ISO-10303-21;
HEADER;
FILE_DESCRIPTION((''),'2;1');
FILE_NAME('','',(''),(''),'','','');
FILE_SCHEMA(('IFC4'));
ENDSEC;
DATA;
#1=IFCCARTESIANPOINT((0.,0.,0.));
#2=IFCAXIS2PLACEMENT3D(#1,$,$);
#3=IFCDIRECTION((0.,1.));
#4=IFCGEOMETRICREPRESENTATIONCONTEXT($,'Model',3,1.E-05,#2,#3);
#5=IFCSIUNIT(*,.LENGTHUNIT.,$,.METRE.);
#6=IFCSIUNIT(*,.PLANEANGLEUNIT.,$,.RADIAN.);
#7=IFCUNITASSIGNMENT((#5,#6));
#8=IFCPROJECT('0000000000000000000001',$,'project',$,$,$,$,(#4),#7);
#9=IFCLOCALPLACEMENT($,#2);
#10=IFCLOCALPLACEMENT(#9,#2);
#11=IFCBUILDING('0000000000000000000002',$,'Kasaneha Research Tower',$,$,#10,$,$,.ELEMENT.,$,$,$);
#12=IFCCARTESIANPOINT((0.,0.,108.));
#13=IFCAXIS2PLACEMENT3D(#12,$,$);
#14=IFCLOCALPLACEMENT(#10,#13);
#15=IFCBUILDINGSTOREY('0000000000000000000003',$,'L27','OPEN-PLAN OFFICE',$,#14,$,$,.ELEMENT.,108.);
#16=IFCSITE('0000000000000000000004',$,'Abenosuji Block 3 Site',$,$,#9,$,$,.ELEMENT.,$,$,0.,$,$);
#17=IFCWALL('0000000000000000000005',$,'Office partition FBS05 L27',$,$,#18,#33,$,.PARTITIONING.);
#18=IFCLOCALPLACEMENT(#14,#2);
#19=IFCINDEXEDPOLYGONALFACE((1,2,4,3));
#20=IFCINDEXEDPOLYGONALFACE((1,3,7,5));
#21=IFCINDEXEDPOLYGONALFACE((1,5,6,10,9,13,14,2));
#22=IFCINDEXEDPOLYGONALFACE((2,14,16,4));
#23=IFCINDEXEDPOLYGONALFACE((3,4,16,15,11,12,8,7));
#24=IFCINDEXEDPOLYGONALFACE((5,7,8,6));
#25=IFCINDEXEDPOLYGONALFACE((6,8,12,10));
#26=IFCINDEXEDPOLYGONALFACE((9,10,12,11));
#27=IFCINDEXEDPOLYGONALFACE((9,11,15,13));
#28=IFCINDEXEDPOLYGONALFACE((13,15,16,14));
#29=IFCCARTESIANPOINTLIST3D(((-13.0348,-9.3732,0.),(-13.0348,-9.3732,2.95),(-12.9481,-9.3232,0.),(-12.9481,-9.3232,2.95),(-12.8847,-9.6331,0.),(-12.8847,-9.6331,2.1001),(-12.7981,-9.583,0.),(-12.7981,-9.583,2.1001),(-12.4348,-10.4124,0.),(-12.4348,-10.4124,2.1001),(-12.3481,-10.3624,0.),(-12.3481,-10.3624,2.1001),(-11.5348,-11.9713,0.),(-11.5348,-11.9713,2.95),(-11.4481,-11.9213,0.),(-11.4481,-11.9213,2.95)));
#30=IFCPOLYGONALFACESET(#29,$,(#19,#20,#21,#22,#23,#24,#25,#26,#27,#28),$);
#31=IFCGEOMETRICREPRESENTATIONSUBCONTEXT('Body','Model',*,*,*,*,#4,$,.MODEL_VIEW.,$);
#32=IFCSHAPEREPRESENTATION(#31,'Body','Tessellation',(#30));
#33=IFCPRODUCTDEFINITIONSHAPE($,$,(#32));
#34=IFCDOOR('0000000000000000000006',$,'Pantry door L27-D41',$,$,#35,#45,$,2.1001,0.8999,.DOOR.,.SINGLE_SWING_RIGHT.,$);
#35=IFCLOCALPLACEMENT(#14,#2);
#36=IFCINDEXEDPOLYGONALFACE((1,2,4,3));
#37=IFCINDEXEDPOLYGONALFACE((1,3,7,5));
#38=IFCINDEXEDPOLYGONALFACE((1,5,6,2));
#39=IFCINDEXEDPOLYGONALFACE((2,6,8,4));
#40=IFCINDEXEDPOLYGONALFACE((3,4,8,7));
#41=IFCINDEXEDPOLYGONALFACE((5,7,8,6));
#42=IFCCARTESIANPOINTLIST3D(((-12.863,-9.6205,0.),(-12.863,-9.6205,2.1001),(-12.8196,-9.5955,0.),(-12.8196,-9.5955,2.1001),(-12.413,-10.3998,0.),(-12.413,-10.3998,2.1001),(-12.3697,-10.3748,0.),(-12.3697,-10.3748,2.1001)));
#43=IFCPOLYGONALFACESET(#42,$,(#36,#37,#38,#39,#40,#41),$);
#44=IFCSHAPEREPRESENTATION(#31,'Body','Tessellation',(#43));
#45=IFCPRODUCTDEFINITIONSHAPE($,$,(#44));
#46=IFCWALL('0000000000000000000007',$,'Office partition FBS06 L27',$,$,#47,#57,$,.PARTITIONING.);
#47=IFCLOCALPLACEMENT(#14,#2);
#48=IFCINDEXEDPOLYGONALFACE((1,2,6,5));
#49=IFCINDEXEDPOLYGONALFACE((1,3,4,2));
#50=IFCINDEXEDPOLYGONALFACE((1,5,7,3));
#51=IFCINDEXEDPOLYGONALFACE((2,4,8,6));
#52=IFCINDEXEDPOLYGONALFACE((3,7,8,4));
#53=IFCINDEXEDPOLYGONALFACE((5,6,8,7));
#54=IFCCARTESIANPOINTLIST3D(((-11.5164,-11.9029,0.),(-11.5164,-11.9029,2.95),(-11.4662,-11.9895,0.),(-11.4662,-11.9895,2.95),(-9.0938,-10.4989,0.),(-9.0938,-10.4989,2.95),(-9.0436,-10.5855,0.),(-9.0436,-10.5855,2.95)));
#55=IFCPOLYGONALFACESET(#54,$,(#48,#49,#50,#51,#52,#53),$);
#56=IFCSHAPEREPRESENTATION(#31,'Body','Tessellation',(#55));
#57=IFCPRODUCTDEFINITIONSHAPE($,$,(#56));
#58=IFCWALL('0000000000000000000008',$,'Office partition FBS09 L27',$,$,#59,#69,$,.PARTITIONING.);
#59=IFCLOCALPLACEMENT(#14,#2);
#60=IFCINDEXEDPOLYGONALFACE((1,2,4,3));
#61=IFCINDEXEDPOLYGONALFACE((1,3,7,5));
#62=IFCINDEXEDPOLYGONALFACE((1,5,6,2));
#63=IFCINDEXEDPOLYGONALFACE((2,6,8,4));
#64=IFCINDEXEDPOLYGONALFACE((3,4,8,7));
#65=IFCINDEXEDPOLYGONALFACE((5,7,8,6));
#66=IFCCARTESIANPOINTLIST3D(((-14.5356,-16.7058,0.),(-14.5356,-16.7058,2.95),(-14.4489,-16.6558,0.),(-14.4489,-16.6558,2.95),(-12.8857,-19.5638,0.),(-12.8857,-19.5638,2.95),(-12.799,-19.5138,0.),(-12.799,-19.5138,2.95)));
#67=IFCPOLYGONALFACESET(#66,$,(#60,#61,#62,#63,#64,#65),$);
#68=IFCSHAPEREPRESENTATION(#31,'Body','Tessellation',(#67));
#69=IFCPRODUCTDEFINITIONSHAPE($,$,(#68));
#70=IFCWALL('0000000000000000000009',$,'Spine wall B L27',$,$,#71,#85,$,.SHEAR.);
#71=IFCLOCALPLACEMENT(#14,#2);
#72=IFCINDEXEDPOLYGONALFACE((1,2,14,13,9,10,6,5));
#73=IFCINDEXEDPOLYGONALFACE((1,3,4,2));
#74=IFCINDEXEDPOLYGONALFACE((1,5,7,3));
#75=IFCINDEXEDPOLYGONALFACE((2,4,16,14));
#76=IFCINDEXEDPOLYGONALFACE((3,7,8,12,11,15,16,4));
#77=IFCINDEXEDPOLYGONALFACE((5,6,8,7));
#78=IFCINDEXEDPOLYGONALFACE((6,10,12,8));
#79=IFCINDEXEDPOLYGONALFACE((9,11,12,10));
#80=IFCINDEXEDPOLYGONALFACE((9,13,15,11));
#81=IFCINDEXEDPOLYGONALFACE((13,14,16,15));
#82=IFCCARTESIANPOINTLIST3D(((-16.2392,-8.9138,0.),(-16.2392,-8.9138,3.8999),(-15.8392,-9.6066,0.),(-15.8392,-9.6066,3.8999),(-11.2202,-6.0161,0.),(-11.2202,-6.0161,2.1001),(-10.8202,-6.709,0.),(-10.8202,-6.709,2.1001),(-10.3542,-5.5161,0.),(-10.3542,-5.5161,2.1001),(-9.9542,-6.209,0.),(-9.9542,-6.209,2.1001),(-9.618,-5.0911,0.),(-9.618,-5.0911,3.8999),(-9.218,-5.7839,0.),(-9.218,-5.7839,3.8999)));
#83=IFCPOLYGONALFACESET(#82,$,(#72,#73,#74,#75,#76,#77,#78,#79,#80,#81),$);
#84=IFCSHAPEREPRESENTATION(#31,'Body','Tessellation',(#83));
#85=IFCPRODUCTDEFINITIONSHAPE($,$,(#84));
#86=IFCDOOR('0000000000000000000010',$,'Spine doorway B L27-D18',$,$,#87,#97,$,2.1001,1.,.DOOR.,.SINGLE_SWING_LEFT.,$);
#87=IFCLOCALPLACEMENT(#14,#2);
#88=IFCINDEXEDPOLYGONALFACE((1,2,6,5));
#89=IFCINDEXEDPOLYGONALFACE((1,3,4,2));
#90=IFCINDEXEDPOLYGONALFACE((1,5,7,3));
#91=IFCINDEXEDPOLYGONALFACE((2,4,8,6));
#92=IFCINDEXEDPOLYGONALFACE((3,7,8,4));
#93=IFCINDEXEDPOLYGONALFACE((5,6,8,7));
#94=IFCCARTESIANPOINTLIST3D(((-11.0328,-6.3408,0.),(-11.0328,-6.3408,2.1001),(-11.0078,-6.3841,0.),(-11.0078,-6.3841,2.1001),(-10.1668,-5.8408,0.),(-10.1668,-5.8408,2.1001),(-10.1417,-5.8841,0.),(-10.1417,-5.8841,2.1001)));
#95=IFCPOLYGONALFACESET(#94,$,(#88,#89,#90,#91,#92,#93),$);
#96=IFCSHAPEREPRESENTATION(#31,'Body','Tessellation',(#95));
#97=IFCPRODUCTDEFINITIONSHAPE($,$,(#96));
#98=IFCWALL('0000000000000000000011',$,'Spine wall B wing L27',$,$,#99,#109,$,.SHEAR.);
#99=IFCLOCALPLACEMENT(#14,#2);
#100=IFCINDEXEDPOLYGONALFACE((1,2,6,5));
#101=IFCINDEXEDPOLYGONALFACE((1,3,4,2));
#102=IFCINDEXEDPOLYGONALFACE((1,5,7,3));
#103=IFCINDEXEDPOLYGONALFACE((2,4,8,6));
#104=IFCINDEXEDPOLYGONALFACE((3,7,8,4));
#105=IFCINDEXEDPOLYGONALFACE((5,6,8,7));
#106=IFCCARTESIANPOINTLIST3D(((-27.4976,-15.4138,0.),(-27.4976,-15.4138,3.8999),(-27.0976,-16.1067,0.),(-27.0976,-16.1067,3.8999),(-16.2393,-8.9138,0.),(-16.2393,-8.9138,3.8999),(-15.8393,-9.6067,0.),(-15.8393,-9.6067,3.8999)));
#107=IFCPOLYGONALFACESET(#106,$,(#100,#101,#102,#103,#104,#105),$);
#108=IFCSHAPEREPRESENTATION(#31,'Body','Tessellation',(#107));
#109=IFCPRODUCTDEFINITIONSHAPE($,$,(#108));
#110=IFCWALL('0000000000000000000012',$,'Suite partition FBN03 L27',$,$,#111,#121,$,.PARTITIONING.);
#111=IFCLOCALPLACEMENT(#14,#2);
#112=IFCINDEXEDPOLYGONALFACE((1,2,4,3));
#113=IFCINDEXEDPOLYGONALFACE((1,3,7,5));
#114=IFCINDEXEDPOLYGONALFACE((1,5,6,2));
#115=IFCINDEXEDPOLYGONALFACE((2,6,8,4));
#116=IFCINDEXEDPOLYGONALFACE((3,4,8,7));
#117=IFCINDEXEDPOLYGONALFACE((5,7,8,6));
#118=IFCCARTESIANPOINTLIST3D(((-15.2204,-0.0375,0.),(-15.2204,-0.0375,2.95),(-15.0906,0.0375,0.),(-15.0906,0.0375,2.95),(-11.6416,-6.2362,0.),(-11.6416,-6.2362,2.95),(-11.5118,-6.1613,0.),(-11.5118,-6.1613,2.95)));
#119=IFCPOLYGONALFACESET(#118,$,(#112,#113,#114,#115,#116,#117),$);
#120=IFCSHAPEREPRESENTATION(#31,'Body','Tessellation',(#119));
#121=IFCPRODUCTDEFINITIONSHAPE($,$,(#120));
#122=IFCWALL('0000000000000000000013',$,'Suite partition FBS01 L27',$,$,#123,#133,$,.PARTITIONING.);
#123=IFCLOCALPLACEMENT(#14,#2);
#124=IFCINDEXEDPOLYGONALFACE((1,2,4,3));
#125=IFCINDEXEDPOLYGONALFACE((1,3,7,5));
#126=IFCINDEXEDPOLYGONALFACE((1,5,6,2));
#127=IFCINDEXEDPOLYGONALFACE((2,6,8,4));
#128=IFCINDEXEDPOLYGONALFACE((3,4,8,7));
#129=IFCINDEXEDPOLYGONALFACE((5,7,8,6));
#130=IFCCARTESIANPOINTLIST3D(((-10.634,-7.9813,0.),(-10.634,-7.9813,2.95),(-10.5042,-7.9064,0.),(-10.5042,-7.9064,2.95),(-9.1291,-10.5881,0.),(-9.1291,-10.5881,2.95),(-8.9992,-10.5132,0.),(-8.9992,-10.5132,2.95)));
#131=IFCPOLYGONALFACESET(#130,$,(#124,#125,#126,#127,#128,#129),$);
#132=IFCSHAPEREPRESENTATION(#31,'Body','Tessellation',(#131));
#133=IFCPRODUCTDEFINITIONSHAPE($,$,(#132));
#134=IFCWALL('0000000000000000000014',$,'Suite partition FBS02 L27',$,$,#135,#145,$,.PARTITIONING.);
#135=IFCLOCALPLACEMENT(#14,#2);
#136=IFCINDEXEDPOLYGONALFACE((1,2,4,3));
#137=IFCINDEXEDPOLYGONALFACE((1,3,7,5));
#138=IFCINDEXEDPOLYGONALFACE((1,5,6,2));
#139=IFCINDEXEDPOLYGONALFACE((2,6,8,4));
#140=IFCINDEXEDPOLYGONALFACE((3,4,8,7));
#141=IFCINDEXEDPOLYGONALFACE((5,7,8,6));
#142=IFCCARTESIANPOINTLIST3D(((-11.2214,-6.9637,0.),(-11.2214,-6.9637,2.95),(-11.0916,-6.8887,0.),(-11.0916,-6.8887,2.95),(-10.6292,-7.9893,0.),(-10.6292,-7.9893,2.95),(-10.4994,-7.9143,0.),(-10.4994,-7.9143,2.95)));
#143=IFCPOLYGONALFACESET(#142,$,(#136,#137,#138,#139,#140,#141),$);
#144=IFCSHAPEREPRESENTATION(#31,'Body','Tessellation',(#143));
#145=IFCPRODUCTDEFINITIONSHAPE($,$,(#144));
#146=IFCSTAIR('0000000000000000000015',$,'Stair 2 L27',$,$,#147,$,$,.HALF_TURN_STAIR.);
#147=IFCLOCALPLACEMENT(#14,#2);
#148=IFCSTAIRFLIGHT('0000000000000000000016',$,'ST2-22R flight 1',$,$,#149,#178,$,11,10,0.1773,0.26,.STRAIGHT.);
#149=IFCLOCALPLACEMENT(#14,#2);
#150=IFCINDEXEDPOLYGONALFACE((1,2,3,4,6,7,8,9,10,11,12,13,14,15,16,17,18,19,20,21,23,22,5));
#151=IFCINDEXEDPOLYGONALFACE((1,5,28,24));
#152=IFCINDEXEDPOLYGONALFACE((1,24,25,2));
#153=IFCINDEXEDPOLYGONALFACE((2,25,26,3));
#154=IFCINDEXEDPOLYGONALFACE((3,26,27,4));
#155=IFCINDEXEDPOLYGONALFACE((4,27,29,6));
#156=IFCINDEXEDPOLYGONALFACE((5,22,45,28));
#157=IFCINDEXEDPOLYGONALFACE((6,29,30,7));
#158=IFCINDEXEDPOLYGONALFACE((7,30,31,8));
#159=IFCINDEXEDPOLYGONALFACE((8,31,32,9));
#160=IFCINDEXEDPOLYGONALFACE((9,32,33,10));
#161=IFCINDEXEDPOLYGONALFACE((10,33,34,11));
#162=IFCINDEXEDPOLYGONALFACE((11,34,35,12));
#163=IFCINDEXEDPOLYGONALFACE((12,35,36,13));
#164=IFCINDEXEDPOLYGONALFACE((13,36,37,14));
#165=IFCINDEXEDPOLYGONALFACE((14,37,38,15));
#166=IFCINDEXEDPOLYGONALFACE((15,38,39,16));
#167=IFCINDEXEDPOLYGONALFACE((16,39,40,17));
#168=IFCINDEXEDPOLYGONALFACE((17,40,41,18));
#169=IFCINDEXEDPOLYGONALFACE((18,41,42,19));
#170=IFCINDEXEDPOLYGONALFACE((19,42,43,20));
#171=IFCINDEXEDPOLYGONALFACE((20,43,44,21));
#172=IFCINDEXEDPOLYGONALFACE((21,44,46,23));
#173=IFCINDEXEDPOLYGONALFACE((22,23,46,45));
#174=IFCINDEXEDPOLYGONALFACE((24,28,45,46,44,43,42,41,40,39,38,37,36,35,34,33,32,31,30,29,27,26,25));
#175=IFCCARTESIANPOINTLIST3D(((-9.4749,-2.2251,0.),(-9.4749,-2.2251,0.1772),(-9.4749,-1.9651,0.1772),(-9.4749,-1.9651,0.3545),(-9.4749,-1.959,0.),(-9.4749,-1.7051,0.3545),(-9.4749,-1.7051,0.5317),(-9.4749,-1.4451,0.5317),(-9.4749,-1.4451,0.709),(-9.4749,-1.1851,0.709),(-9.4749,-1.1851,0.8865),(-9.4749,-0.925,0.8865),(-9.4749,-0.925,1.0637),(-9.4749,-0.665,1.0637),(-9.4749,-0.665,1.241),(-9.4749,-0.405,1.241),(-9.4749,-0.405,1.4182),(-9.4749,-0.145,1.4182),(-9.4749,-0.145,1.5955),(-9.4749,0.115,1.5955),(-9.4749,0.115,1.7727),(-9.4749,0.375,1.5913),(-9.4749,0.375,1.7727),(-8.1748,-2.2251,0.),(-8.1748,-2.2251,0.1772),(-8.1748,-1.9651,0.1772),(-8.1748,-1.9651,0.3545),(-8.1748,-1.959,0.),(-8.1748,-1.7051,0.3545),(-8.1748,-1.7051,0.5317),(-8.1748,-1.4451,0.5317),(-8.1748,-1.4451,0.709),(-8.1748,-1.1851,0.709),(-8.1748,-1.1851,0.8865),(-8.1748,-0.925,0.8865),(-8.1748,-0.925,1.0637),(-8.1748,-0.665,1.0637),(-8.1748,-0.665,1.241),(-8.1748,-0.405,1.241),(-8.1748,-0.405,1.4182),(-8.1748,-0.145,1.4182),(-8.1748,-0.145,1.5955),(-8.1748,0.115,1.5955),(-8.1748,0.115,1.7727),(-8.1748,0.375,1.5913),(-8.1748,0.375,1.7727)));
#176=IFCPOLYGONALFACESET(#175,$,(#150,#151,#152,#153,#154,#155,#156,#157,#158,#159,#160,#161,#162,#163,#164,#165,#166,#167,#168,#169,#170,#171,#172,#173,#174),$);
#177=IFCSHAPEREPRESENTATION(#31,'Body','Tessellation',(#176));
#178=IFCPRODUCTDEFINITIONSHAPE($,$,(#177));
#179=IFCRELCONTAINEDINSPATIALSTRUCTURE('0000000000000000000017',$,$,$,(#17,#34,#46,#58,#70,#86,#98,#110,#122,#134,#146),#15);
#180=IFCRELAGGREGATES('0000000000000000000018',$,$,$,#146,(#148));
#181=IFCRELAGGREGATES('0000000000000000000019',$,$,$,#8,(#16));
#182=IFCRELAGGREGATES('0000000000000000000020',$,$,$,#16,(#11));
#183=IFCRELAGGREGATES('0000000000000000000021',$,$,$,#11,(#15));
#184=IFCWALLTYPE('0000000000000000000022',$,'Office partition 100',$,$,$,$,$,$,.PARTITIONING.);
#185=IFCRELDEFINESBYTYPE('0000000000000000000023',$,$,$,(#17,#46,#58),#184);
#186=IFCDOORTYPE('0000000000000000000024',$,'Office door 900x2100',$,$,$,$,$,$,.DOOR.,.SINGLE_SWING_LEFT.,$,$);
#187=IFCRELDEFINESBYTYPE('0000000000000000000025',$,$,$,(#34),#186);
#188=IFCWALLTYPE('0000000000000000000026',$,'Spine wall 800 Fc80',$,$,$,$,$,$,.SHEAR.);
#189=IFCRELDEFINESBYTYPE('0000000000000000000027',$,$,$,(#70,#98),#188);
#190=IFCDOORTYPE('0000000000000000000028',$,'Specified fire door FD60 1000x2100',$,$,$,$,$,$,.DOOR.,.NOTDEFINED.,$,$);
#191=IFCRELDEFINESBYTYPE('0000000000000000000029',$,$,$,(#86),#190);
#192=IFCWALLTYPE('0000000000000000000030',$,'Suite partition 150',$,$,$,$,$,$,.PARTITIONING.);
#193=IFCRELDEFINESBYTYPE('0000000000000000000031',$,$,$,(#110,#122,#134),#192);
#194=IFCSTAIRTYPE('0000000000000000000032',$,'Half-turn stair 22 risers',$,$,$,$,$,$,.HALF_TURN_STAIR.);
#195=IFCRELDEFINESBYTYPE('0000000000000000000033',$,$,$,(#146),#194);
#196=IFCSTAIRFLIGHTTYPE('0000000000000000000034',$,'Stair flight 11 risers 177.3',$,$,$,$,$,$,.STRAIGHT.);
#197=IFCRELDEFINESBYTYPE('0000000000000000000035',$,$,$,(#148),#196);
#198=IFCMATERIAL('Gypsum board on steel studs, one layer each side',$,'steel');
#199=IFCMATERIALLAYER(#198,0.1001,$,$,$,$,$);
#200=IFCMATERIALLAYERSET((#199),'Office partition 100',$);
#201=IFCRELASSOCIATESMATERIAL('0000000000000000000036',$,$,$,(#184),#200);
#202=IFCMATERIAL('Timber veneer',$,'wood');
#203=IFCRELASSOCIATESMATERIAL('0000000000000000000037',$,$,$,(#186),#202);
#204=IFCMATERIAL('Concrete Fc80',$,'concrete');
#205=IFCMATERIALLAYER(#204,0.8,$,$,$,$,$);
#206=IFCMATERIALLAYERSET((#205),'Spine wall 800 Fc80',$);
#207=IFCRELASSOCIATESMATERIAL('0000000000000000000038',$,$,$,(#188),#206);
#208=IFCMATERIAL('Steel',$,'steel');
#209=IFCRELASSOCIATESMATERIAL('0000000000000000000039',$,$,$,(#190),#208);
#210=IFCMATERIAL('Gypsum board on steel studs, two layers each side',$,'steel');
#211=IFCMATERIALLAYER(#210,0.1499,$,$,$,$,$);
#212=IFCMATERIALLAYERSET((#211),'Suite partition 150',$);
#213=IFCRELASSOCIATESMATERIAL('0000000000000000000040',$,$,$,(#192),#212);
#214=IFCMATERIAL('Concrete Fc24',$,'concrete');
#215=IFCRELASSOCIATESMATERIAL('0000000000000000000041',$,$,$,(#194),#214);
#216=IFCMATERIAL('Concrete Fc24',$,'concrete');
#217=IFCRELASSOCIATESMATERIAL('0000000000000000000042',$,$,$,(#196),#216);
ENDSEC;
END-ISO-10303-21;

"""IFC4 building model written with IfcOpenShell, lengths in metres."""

from ifc_helpers import new_model, si_unit, direction, frame, frame_2d, origin, place, context, subcontext, project, spatial, polyline, rectangle, outline, extrude, material, layer, layer_set, type_object, element, fill, aggregate, save


model = new_model("IFC4")

# Units and contexts
model_context = context("Model", 3, precision=1e-05, world=origin(), true_north=direction((0.0, 1.0)))
body_context = subcontext(model_context, "Body", "Model", "MODEL_VIEW")
ifc_project = project(units=[si_unit("LENGTHUNIT", "METRE"), si_unit("PLANEANGLEUNIT", "RADIAN")], contexts=[model_context])

# Site, building, storey
site_placement = place(None, origin())
site = spatial("IfcSite", under=ifc_project, at=site_placement, Name="Abenosuji Block 3 Site", CompositionType="ELEMENT", RefElevation=0.0)
building_placement = place(site_placement, origin())
building = spatial("IfcBuilding", under=site, at=building_placement, Name="Kasaneha Research Tower", CompositionType="ELEMENT")
storey_placement = place(building_placement, frame((0.0, 0.0, 108.0)))
storey = spatial("IfcBuildingStorey", under=building, at=storey_placement, Name="L27", Description="OPEN-PLAN OFFICE", CompositionType="ELEMENT", Elevation=108.0)

# Shared definitions
ifc_material_1 = material(Name="Gypsum board on steel studs, one layer each side", Category="steel")
ifc_layer_1 = layer(ifc_material_1, 0.1001)
ifc_layer_set_1 = layer_set([ifc_layer_1], Name="Office partition 100")
wall_type_1 = type_object("IfcWallType", Name="Office partition 100", PredefinedType="PARTITIONING", material=ifc_layer_set_1)

# Wall, opening, door
wall_1_placement = place(storey_placement, frame((-11.4915, -11.9463, 0.0), z_axis=(0.0, 0.0, 1.0), x_axis=(-0.49999, 0.866031, 0.0)))
wall_1 = element("IfcWall", 1, at=wall_1_placement, inside=storey, type_object=wall_type_1, Name="Office partition FBS05 L27", PredefinedType="PARTITIONING", context=body_context, shape_type="SweptSolid", body=[
    extrude(rectangle(XDim=3.0, YDim=0.1001, at=frame_2d((1.5, 0.0))), origin(), (0.0, 0.0, 1.0), 2.95),
])
opening_1_placement = place(wall_1_placement, frame((1.8, 0.0, 0.0)))
opening_1 = element("IfcOpeningElement", 2, at=opening_1_placement, cuts=wall_1, PredefinedType="OPENING", context=body_context, shape_type="SweptSolid", body=[
    extrude(rectangle(XDim=0.8999, YDim=2.1001, at=frame_2d((0.45, 1.05))), frame((0.0, 0.0601, 0.0), z_axis=(0.0, -1.0, 0.0), x_axis=(1.0, 0.0, 0.0)), (0.0, 0.0, 1.0), 0.1201),
])
ifc_material_2 = material(Name="Timber veneer", Category="wood")
door_type_1 = type_object("IfcDoorType", Name="Office door 900x2100", OperationType="SINGLE_SWING_LEFT", PredefinedType="DOOR", material=ifc_material_2)
door_1_placement = place(opening_1_placement, origin())
door_1 = element("IfcDoor", 3, at=door_1_placement, inside=storey, type_object=door_type_1, Name="Pantry door L27-D41", OperationType="SINGLE_SWING_RIGHT", OverallHeight=2.1001, OverallWidth=0.8999, PredefinedType="DOOR", context=body_context, shape_type="SweptSolid", body=[
    extrude(rectangle(XDim=0.8999, YDim=2.1001, at=frame_2d((0.45, 1.05))), frame((0.0, 0.0249, 0.0), z_axis=(0.0, -1.0, 0.0), x_axis=(1.0, 0.0, 0.0)), (0.0, 0.0, 1.0), 0.05),
])
fill(opening_1, door_1)

# Walls
wall_2_placement = place(storey_placement, frame((-9.0688, -10.5422, 0.0), z_axis=(0.0, 0.0, 1.0), x_axis=(-0.865195, -0.501435, 0.0)))
element("IfcWall", 4, at=wall_2_placement, inside=storey, type_object=wall_type_1, Name="Office partition FBS06 L27", PredefinedType="PARTITIONING", context=body_context, shape_type="SweptSolid", body=[
    extrude(rectangle(XDim=2.8, YDim=0.1001, at=frame_2d((1.3999, 0.0))), origin(), (0.0, 0.0, 1.0), 2.95),
])
wall_3_placement = place(storey_placement, frame((-14.4922, -16.6809, 0.0), z_axis=(0.0, 0.0, 1.0), x_axis=(0.499974, -0.86604, 0.0)))
element("IfcWall", 5, at=wall_3_placement, inside=storey, type_object=wall_type_1, Name="Office partition FBS09 L27", PredefinedType="PARTITIONING", context=body_context, shape_type="SweptSolid", body=[
    extrude(rectangle(XDim=3.3, YDim=0.1001, at=frame_2d((1.6499, 0.0))), origin(), (0.0, 0.0, 1.0), 2.95),
])

# Wall, opening, door
ifc_material_3 = material(Name="Concrete Fc80", Category="concrete")
ifc_layer_2 = layer(ifc_material_3, 0.8)
ifc_layer_set_2 = layer_set([ifc_layer_2], Name="Spine wall 800 Fc80")
wall_type_2 = type_object("IfcWallType", Name="Spine wall 800 Fc80", PredefinedType="SHEAR", material=ifc_layer_set_2)
wall_4_placement = place(storey_placement, frame((-9.418, -5.4375, 0.0), z_axis=(0.0, 0.0, 1.0), x_axis=(-0.86603, -0.499992, 0.0)))
wall_4 = element("IfcWall", 6, at=wall_4_placement, inside=storey, type_object=wall_type_2, Name="Spine wall B L27", PredefinedType="SHEAR", context=body_context, shape_type="SweptSolid", body=[
    extrude(rectangle(XDim=7.6455, YDim=0.8, at=frame_2d((3.8228, 0.0))), origin(), (0.0, 0.0, 1.0), 3.8999),
])
opening_2_placement = place(wall_4_placement, frame((0.8501, 0.0, 0.0)))
opening_2 = element("IfcOpeningElement", 7, at=opening_2_placement, cuts=wall_4, PredefinedType="OPENING", context=body_context, shape_type="SweptSolid", body=[
    extrude(rectangle(XDim=1.0, YDim=2.1001, at=frame_2d((0.5, 1.05))), frame((0.0, 0.4102, 0.0), z_axis=(0.0, -1.0, 0.0), x_axis=(1.0, 0.0, 0.0)), (0.0, 0.0, 1.0), 0.8201),
])
ifc_material_4 = material(Name="Steel", Category="steel")
door_type_2 = type_object("IfcDoorType", Name="Specified fire door FD60 1000x2100", OperationType="NOTDEFINED", PredefinedType="DOOR", material=ifc_material_4)
door_2_placement = place(opening_2_placement, origin())
door_2 = element("IfcDoor", 8, at=door_2_placement, inside=storey, type_object=door_type_2, Name="Spine doorway B L27-D18", OperationType="SINGLE_SWING_LEFT", OverallHeight=2.1001, OverallWidth=1.0, PredefinedType="DOOR", context=body_context, shape_type="SweptSolid", body=[
    extrude(rectangle(XDim=1.0, YDim=2.1001, at=frame_2d((0.5, 1.05))), frame((0.0, 0.0249, 0.0), z_axis=(0.0, -1.0, 0.0), x_axis=(1.0, 0.0, 0.0)), (0.0, 0.0, 1.0), 0.05),
])
fill(opening_2, door_2)

# Walls
wall_5_placement = place(storey_placement, frame((-16.0393, -9.2603, 0.0), z_axis=(0.0, 0.0, 1.0), x_axis=(-0.866025, -0.500001, 0.0)))
element("IfcWall", 9, at=wall_5_placement, inside=storey, type_object=wall_type_2, Name="Spine wall B wing L27", PredefinedType="SHEAR", context=body_context, shape_type="SweptSolid", body=[
    extrude(rectangle(XDim=13.0, YDim=0.8, at=frame_2d((6.5, 0.0))), origin(), (0.0, 0.0, 1.0), 3.8999),
])
ifc_material_5 = material(Name="Gypsum board on steel studs, two layers each side", Category="steel")
ifc_layer_3 = layer(ifc_material_5, 0.1499)
ifc_layer_set_3 = layer_set([ifc_layer_3], Name="Suite partition 150")
wall_type_3 = type_object("IfcWallType", Name="Suite partition 150", PredefinedType="PARTITIONING", material=ifc_layer_set_3)
wall_6_placement = place(storey_placement, frame((-11.5767, -6.1987, 0.0), z_axis=(0.0, 0.0, 1.0), x_axis=(-0.500002, 0.866024, 0.0)))
element("IfcWall", 10, at=wall_6_placement, inside=storey, type_object=wall_type_3, Name="Suite partition FBN03 L27", PredefinedType="PARTITIONING", context=body_context, shape_type="SweptSolid", body=[
    extrude(rectangle(XDim=7.1577, YDim=0.1499, at=frame_2d((3.5789, 0.0))), origin(), (0.0, 0.0, 1.0), 2.95),
])
wall_7_placement = place(storey_placement, frame((-9.0642, -10.5505, 0.0), z_axis=(0.0, 0.0, 1.0), x_axis=(-0.499978, 0.866038, 0.0)))
element("IfcWall", 11, at=wall_7_placement, inside=storey, type_object=wall_type_3, Name="Suite partition FBS01 L27", PredefinedType="PARTITIONING", context=body_context, shape_type="SweptSolid", body=[
    extrude(rectangle(XDim=3.01, YDim=0.1499, at=frame_2d((1.5049, 0.0))), origin(), (0.0, 0.0, 1.0), 2.95),
])
wall_8_placement = place(storey_placement, frame((-10.5642, -7.9519, 0.0), z_axis=(0.0, 0.0, 1.0), x_axis=(-0.500085, 0.865976, 0.0)))
element("IfcWall", 12, at=wall_8_placement, inside=storey, type_object=wall_type_3, Name="Suite partition FBS02 L27", PredefinedType="PARTITIONING", context=body_context, shape_type="SweptSolid", body=[
    extrude(rectangle(XDim=1.1843, YDim=0.1499, at=frame_2d((0.5923, 0.0))), origin(), (0.0, 0.0, 1.0), 2.95),
])

# Stair, stair flight
ifc_material_6 = material(Name="Concrete Fc24", Category="concrete")
stair_type = type_object("IfcStairType", Name="Half-turn stair 22 risers", PredefinedType="HALF_TURN_STAIR", material=ifc_material_6)
stair_placement = place(storey_placement, origin())
stair = element("IfcStair", 13, at=stair_placement, inside=storey, type_object=stair_type, Name="Stair 2 L27", PredefinedType="HALF_TURN_STAIR")
ifc_material_7 = material(Name="Concrete Fc24", Category="concrete")
stair_flight_type = type_object("IfcStairFlightType", Name="Stair flight 11 risers 177.3", PredefinedType="STRAIGHT", material=ifc_material_7)
stair_flight_placement = place(storey_placement, frame((-8.825, -2.2251, 0.0), z_axis=(0.0, 0.0, 1.0), x_axis=(0.0, 1.0, 0.0)))
stair_flight = element("IfcStairFlight", 14, at=stair_flight_placement, type_object=stair_flight_type, Name="ST2-22R flight 1", NumberOfRisers=11, NumberOfTreads=10, PredefinedType="STRAIGHT", RiserHeight=0.1773, TreadLength=0.26, context=body_context, shape_type="SweptSolid", body=[
    extrude(outline(polyline([(0.0, 0.0), (0.0, 0.1772), (0.26, 0.1772), (0.26, 0.3545), (0.52, 0.3545), (0.52, 0.5317), (0.78, 0.5317), (0.78, 0.709), (1.04, 0.709), (1.04, 0.8865), (1.3, 0.8865), (1.3, 1.0637), (1.5601, 1.0637), (1.5601, 1.241), (1.8201, 1.241), (1.8201, 1.4182), (2.0801, 1.4182), (2.0801, 1.5955), (2.3401, 1.5955), (2.3401, 1.7727), (2.6001, 1.7727), (2.6001, 1.95), (2.6001, 1.5913), (0.2661, 0.0), (0.0, 0.0)])), frame((0.0, 0.6499, 0.0), z_axis=(0.0, -1.0, 0.0), x_axis=(1.0, 0.0, 0.0)), (0.0, 0.0, 1.0), 1.3),
])
aggregate(stair, [stair_flight])

save(model, "model.ifc")
